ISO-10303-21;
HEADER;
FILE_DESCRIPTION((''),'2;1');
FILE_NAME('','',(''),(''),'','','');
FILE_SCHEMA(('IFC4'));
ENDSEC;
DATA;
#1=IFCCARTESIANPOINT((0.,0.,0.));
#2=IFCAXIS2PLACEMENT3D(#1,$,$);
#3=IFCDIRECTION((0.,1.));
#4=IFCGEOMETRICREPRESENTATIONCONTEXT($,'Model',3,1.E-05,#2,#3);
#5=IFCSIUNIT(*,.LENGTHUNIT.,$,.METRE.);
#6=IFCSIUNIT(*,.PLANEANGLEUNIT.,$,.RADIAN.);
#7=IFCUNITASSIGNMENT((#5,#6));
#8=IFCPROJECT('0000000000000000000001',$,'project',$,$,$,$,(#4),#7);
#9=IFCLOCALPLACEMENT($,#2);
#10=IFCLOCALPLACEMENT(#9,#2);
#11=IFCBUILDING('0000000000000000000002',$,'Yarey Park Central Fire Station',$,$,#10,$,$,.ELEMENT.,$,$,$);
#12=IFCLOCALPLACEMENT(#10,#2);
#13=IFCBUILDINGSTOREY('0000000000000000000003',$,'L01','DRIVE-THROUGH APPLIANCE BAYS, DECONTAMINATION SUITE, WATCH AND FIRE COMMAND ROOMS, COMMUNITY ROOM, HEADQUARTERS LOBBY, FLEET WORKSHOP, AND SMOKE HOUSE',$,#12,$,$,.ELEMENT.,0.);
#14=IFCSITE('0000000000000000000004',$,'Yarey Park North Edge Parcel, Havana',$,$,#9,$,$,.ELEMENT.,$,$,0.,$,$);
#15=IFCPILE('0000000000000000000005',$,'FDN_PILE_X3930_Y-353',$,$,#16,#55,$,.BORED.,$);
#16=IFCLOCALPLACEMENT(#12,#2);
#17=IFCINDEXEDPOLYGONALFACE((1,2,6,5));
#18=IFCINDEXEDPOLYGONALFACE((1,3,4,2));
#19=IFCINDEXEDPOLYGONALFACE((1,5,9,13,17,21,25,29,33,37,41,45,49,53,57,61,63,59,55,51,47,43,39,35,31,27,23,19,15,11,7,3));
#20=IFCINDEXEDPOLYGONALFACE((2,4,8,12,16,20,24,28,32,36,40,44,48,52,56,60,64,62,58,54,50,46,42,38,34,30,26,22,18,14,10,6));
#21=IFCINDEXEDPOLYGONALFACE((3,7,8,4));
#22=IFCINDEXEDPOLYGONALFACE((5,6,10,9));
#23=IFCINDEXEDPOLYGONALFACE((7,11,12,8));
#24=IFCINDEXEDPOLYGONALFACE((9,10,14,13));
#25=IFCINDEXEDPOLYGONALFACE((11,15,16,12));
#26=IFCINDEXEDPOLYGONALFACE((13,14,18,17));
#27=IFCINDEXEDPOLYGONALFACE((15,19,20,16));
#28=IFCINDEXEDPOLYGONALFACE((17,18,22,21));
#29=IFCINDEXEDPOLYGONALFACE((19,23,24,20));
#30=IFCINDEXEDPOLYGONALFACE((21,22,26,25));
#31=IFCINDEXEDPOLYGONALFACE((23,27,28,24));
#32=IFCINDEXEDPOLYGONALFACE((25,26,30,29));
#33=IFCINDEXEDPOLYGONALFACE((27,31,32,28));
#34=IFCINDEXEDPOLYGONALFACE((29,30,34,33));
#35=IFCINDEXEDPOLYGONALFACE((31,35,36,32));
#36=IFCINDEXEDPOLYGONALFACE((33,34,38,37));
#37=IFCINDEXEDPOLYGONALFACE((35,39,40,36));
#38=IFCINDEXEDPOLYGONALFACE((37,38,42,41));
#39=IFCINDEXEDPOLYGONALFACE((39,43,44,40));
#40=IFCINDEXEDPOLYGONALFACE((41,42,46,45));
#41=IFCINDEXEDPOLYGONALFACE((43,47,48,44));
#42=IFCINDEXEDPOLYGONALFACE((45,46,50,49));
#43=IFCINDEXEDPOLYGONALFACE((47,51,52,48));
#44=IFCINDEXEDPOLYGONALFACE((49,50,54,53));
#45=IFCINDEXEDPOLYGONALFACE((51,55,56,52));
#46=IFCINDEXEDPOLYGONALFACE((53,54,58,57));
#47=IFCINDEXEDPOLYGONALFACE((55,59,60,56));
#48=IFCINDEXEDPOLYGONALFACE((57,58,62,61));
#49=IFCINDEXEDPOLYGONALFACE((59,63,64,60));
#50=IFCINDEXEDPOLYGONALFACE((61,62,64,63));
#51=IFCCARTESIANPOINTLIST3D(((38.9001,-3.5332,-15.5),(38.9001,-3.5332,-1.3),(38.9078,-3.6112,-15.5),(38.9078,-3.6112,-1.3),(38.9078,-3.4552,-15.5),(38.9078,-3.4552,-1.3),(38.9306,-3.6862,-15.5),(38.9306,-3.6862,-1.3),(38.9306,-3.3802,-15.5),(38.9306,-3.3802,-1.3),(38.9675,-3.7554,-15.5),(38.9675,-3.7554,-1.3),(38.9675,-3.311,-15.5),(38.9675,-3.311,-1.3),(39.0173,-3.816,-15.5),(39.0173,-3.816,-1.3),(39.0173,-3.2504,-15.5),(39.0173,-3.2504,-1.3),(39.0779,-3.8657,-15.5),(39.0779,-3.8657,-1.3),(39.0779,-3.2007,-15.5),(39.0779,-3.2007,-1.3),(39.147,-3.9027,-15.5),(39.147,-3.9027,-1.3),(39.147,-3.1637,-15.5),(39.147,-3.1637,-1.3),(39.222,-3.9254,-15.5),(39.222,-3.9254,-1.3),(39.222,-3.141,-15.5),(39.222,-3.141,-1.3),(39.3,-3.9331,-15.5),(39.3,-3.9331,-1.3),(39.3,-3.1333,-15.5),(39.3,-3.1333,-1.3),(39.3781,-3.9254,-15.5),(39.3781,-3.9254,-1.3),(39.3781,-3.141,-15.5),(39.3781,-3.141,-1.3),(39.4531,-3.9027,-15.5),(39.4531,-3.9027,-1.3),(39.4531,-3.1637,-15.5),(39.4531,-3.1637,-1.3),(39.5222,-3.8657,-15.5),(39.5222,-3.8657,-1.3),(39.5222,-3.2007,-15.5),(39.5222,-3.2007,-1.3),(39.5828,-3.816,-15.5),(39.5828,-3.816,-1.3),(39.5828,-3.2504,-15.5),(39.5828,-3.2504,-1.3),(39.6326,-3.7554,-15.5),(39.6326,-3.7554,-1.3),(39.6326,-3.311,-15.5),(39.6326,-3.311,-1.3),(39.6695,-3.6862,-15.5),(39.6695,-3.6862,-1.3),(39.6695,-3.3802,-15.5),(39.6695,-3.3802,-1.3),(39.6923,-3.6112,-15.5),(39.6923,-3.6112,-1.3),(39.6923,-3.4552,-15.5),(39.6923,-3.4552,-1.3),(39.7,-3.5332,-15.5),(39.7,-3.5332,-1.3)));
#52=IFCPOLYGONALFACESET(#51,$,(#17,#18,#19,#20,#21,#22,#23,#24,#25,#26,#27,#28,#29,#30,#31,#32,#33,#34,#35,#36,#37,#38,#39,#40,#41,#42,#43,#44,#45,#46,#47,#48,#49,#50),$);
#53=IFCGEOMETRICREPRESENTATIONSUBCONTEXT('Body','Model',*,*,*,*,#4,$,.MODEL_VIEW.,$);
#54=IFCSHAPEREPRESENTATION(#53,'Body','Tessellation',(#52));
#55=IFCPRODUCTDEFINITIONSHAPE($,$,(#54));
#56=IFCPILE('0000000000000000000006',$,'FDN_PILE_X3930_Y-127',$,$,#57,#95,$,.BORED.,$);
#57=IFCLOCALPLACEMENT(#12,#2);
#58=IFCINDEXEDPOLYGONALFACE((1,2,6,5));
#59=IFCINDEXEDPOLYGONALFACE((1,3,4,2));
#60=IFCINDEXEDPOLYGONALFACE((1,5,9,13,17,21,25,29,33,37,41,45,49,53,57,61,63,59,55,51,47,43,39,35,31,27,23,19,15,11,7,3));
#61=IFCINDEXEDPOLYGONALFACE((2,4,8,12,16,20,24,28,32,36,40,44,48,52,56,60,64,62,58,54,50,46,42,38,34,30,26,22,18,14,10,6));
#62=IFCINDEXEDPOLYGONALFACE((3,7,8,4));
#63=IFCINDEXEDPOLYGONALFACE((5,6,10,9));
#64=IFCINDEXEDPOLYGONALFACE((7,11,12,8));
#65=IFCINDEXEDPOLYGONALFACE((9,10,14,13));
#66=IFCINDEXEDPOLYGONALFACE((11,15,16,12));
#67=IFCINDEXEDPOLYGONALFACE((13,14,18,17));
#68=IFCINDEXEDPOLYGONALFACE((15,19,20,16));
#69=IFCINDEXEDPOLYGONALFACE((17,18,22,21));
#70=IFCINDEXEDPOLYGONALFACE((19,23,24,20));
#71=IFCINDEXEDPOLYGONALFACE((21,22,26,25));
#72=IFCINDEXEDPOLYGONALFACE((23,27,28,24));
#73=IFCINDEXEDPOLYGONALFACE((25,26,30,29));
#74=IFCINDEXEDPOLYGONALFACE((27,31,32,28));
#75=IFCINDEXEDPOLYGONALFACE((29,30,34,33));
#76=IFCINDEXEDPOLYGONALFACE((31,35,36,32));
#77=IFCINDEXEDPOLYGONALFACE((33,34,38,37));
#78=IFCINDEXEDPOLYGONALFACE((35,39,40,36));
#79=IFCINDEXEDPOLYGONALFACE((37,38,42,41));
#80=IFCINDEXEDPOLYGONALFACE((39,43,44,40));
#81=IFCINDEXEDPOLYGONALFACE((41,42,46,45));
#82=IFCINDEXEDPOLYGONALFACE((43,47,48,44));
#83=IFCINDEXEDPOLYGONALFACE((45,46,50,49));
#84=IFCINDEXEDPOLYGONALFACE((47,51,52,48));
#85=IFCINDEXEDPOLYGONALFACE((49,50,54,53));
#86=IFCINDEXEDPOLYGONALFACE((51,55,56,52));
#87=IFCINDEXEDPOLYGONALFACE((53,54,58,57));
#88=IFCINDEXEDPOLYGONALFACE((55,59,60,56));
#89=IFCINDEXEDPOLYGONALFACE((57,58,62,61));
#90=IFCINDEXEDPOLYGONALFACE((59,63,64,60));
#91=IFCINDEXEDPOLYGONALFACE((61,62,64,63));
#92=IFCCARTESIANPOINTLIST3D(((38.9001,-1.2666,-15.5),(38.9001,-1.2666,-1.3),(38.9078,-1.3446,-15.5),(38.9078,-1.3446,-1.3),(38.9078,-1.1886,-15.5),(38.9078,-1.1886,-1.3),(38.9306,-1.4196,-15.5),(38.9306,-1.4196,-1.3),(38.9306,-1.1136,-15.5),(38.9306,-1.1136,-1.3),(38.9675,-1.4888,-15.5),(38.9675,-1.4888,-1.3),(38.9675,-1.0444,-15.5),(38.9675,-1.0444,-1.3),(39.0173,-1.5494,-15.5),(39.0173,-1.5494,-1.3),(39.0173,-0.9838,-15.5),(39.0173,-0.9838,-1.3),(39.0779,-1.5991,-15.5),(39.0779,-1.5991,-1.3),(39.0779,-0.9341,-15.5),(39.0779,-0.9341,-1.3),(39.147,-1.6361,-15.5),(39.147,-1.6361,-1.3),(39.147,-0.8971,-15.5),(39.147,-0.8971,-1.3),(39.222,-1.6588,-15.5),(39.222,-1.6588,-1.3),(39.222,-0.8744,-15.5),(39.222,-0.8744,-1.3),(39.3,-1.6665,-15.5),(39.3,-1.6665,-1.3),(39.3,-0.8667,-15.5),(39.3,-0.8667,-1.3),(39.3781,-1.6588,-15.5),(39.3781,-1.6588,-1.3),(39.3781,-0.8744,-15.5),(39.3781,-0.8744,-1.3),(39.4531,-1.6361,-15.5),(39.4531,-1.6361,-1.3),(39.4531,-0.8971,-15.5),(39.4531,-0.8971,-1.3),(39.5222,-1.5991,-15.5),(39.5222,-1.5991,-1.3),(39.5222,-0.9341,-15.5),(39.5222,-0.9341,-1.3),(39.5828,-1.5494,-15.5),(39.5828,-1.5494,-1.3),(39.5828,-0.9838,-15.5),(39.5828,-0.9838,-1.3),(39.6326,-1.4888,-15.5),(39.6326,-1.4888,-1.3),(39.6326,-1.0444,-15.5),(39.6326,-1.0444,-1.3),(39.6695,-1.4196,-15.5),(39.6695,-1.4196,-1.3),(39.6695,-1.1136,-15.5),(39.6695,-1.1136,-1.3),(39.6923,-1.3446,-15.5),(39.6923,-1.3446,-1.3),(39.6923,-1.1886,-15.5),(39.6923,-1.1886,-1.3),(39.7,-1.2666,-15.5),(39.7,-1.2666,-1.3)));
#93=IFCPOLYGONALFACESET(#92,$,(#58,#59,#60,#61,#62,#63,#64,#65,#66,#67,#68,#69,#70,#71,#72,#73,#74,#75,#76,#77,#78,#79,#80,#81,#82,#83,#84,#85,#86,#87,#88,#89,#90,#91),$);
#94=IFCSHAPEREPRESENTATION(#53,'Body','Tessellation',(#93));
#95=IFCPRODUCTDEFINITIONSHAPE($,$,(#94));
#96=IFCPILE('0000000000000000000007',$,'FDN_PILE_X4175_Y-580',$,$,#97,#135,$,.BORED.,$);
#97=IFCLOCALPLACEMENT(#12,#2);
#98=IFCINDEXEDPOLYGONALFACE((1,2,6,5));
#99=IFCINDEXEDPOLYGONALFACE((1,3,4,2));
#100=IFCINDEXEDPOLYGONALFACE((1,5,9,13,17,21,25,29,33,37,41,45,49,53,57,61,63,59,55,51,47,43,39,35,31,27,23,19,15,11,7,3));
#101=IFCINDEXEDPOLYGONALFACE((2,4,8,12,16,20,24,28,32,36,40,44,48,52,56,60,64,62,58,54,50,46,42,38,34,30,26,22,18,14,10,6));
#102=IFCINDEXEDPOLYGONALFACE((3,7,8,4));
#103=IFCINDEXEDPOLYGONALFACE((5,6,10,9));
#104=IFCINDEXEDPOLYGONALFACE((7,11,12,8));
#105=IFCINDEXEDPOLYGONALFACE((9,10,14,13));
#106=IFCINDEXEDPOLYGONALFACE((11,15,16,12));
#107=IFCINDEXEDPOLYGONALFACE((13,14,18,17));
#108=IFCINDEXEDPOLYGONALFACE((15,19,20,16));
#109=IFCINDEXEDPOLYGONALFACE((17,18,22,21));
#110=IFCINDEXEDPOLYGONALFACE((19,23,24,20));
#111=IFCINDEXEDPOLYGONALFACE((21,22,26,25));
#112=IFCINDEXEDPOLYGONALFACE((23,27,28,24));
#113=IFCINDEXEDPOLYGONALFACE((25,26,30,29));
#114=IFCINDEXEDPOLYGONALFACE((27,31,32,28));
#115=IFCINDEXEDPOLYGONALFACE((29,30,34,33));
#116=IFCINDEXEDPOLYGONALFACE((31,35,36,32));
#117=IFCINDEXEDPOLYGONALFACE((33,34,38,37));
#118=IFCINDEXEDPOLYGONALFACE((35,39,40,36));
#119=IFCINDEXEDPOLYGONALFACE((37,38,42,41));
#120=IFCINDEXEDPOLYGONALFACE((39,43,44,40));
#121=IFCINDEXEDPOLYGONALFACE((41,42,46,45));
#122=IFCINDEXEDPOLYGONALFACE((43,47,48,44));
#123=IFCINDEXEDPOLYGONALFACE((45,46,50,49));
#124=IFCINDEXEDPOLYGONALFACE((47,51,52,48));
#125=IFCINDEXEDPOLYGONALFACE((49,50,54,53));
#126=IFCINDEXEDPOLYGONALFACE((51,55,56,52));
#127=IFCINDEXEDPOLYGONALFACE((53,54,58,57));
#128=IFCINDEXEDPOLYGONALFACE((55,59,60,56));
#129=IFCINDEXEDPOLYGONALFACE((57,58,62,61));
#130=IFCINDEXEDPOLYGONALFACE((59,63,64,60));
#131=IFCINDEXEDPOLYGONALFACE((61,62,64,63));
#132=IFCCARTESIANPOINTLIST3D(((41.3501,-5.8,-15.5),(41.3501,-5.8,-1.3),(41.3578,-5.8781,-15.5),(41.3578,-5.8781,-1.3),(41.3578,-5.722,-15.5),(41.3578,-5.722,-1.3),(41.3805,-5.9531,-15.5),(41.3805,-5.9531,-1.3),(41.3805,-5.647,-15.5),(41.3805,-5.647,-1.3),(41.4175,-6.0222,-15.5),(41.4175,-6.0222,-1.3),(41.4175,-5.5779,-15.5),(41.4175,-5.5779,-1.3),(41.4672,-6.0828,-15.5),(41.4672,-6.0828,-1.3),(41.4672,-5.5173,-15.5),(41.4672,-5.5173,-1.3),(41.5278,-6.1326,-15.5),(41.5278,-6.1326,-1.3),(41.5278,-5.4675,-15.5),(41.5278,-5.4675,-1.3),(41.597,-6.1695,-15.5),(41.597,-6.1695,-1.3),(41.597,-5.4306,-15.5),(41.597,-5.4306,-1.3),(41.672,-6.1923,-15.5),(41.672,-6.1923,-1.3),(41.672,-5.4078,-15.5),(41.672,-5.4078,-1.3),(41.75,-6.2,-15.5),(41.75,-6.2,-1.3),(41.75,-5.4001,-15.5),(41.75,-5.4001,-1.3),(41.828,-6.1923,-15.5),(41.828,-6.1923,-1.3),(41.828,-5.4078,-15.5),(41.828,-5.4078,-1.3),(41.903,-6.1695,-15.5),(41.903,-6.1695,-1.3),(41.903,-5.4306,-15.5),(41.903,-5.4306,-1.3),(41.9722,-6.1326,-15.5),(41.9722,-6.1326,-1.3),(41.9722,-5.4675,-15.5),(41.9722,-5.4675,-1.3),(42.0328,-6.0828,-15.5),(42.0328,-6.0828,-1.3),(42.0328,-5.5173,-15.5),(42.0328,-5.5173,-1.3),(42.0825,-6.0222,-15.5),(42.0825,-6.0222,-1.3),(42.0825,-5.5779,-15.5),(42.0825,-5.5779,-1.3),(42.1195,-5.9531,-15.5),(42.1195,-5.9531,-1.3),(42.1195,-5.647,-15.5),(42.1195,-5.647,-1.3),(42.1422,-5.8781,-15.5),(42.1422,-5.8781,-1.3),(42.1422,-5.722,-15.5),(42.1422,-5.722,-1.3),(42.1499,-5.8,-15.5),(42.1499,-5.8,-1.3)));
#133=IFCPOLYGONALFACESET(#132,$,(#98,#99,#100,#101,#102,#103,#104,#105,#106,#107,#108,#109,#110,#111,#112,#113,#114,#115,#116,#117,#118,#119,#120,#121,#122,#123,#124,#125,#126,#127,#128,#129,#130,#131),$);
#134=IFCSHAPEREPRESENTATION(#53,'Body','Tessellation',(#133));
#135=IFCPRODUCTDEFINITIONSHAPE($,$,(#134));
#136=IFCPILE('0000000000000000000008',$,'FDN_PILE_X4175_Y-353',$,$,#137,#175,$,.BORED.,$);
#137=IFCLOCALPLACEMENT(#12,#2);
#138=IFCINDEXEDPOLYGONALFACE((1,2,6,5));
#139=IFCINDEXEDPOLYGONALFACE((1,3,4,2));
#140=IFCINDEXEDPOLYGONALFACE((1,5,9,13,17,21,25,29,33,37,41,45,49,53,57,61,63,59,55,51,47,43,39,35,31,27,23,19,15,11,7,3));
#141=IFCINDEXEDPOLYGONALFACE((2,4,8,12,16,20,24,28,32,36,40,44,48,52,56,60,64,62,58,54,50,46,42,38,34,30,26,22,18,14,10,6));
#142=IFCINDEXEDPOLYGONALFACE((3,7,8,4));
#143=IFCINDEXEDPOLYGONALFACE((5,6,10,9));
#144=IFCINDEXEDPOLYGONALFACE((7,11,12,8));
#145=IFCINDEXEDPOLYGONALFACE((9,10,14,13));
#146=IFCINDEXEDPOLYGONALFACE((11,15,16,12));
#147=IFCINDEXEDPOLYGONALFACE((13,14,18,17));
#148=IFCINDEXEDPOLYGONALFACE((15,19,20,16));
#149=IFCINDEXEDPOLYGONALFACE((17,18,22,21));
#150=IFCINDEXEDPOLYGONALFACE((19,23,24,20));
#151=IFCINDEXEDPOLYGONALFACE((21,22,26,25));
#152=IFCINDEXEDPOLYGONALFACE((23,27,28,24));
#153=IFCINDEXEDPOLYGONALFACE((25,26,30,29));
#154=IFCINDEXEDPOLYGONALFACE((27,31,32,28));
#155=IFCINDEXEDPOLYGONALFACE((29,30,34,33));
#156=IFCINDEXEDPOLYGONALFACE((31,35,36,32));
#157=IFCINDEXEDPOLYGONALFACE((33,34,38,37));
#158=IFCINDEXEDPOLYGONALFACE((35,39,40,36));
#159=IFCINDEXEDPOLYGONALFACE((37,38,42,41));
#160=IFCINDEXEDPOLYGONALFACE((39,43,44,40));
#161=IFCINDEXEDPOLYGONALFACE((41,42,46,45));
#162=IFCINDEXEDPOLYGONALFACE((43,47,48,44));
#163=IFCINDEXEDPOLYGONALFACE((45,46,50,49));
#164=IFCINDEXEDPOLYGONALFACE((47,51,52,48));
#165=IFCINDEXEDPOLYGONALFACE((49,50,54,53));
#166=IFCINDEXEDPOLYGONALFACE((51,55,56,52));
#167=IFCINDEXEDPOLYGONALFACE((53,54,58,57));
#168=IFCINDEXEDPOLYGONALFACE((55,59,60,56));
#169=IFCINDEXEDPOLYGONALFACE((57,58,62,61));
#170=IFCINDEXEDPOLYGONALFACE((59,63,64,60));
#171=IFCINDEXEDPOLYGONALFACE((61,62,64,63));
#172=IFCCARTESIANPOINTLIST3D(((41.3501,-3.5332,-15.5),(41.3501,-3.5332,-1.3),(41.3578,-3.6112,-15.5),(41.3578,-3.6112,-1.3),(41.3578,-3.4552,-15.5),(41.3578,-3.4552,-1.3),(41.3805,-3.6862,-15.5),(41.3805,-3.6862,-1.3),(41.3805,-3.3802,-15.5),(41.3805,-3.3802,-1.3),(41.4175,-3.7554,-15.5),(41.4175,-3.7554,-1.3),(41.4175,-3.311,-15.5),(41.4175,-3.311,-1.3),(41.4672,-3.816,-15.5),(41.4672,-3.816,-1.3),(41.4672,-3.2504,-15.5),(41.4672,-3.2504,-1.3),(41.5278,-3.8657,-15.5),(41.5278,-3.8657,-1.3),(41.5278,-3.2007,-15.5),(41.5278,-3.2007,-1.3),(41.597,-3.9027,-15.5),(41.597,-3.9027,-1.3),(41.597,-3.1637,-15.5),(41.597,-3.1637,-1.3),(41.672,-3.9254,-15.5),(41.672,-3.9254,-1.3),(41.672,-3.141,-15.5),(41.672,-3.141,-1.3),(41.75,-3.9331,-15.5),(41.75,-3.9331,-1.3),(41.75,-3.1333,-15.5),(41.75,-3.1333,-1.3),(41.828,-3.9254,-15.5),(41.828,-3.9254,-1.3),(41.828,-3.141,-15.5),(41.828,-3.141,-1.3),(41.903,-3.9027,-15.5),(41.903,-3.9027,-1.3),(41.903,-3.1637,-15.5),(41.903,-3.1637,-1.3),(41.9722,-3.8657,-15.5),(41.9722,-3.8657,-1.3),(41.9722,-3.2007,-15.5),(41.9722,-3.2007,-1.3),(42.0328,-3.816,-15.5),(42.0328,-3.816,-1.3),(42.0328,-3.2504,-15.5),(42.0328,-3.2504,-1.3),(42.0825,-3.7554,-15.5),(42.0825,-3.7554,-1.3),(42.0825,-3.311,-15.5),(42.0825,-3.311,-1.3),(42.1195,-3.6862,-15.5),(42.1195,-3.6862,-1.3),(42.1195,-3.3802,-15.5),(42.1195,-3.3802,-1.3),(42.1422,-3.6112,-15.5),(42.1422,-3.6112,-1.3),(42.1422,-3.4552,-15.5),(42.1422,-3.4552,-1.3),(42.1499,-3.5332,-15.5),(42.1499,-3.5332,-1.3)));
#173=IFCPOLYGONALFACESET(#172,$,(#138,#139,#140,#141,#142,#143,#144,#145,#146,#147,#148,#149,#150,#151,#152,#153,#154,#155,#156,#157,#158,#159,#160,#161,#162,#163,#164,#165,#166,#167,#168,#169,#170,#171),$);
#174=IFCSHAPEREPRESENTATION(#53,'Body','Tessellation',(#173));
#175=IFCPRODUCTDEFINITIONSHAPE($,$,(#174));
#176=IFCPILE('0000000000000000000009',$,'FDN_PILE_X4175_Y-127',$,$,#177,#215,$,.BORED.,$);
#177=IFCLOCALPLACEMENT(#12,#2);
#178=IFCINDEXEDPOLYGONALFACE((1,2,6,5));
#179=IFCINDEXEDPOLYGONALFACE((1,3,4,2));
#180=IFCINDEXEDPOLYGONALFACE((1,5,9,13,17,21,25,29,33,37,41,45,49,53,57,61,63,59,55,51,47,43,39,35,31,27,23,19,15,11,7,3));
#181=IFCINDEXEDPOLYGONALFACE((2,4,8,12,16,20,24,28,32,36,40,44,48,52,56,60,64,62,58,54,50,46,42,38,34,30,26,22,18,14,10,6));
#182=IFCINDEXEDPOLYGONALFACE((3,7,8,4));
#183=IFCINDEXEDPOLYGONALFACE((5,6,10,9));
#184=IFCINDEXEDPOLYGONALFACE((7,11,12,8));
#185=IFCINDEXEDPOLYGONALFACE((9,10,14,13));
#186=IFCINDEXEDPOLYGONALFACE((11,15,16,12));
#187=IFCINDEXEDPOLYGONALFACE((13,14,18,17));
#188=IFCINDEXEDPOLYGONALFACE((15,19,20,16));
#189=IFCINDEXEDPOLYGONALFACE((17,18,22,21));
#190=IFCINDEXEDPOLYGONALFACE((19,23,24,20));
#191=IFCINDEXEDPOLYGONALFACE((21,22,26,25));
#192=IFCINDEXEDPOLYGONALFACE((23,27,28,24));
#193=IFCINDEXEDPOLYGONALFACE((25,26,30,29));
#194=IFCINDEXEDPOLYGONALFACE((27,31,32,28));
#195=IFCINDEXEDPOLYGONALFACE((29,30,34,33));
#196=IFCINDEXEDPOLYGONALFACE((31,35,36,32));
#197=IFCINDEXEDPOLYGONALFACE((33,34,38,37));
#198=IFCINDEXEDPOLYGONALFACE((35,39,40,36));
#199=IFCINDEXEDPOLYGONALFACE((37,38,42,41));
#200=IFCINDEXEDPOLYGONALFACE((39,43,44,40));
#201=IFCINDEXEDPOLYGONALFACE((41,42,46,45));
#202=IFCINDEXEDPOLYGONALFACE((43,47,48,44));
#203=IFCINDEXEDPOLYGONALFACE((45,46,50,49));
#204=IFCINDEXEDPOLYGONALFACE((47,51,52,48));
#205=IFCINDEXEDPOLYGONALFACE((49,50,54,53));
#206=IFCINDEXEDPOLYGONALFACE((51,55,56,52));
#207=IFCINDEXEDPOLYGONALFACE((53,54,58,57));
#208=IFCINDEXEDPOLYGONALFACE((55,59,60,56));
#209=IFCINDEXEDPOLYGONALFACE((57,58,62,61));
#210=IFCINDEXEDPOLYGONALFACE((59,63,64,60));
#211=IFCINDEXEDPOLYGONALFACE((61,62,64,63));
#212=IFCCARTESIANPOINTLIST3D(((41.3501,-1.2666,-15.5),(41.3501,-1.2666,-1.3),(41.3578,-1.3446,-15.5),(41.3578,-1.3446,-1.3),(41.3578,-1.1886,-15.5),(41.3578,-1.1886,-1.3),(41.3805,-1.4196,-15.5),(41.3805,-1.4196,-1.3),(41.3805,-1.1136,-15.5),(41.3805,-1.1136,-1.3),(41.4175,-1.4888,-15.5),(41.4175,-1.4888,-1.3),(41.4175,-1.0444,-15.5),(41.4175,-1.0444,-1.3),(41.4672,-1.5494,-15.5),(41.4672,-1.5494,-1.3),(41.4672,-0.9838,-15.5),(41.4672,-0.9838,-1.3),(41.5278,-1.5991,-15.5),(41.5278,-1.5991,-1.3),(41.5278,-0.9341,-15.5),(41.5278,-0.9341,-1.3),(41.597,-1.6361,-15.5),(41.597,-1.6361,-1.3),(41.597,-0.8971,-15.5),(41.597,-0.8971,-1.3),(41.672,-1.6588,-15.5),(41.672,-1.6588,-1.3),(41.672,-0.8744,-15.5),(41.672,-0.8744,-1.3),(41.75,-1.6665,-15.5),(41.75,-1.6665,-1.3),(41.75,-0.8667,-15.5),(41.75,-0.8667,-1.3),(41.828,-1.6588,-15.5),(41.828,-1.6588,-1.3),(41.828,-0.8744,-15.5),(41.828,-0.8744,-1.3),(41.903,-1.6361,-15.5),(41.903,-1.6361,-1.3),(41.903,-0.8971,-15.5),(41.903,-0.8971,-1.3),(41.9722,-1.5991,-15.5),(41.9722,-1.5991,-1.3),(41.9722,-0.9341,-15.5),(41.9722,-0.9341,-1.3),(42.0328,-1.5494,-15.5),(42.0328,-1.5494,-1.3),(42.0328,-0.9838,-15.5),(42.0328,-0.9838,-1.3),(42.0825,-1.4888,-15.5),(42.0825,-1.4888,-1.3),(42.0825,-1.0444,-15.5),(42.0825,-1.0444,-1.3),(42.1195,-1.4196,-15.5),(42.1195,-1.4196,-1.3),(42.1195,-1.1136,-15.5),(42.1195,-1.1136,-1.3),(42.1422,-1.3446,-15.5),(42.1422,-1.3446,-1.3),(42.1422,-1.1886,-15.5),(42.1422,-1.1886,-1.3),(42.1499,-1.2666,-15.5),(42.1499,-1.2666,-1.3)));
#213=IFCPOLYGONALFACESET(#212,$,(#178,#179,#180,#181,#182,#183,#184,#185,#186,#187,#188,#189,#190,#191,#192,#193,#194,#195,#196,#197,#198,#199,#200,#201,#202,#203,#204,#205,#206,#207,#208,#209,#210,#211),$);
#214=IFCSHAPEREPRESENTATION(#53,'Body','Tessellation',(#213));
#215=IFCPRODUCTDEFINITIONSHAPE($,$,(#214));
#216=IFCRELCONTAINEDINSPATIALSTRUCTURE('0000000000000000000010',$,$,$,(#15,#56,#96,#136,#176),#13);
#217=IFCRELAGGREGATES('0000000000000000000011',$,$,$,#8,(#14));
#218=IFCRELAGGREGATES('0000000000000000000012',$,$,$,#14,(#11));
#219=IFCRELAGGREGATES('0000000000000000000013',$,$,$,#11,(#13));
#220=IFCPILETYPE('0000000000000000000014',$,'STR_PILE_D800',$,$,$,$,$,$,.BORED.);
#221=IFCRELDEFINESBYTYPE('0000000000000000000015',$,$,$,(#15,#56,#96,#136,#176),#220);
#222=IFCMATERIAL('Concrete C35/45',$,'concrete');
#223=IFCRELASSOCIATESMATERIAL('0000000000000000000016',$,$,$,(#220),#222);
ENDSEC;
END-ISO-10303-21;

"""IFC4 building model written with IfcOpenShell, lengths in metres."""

from ifc_helpers import new_model, si_unit, direction, frame, origin, origin_2d, place, context, subcontext, project, spatial, circle, extrude, material, material_profile, profile_set, type_object, element, save


model = new_model("IFC4")

# Units and contexts
model_context = context("Model", 3, precision=1e-05, world=origin(), true_north=direction((0.0, 1.0)))
body_context = subcontext(model_context, "Body", "Model", "MODEL_VIEW")
ifc_project = project(units=[si_unit("LENGTHUNIT", "METRE"), si_unit("PLANEANGLEUNIT", "RADIAN")], contexts=[model_context])

# Site, building, storey
site_placement = place(None, origin())
site = spatial("IfcSite", under=ifc_project, at=site_placement, Name="Yarey Park North Edge Parcel, Havana", CompositionType="ELEMENT", RefElevation=0.0)
building_placement = place(site_placement, origin())
building = spatial("IfcBuilding", under=site, at=building_placement, Name="Yarey Park Central Fire Station", CompositionType="ELEMENT")
storey_placement = place(building_placement, origin())
storey = spatial("IfcBuildingStorey", under=building, at=storey_placement, Name="L01", Description="DRIVE-THROUGH APPLIANCE BAYS, DECONTAMINATION SUITE, WATCH AND FIRE COMMAND ROOMS, COMMUNITY ROOM, HEADQUARTERS LOBBY, FLEET WORKSHOP, AND SMOKE HOUSE", CompositionType="ELEMENT", Elevation=0.0)

# Shared definitions
ifc_material_1 = material(Name="Concrete C35/45", Category="concrete")

# Piles
ifc_material_profile_1 = material_profile(ifc_material_1, circle(Radius=0.3999, at=origin_2d()), Name="BORED PILE D800")
ifc_profile_set_1 = profile_set([ifc_material_profile_1], Name="Concrete C35/45")
pile_type = type_object("IfcPileType", Name="STR_PILE_D800", PredefinedType="BORED", material=ifc_profile_set_1)
for number, where, z_axis, x_axis, name in (
    (1, (39.3, -3.5332, -1.3), (0.0, 0.0, -1.0), (1.0, 0.0, 0.0), "FDN_PILE_X3930_Y-353"),
    (2, (39.3, -1.2666, -1.3), (0.0, 0.0, -1.0), (1.0, 0.0, 0.0), "FDN_PILE_X3930_Y-127"),
    (3, (41.75, -5.8, -1.3), (0.0, 0.0, -1.0), (1.0, 0.0, 0.0), "FDN_PILE_X4175_Y-580"),
    (4, (41.75, -3.5332, -1.3), (0.0, 0.0, -1.0), (1.0, 0.0, 0.0), "FDN_PILE_X4175_Y-353"),
    (5, (41.75, -1.2666, -1.3), (0.0, 0.0, -1.0), (1.0, 0.0, 0.0), "FDN_PILE_X4175_Y-127"),
):
    element("IfcPile", number, at=place(storey_placement, frame(where, z_axis=z_axis, x_axis=x_axis)), inside=storey, type_object=pile_type, Name=name, PredefinedType="BORED", context=body_context, shape_type="SweptSolid", body=[
        extrude(circle(Radius=0.3999, at=origin_2d()), origin(), (0.0, 0.0, 1.0), 14.2),
    ])

save(model, "model.ifc")
